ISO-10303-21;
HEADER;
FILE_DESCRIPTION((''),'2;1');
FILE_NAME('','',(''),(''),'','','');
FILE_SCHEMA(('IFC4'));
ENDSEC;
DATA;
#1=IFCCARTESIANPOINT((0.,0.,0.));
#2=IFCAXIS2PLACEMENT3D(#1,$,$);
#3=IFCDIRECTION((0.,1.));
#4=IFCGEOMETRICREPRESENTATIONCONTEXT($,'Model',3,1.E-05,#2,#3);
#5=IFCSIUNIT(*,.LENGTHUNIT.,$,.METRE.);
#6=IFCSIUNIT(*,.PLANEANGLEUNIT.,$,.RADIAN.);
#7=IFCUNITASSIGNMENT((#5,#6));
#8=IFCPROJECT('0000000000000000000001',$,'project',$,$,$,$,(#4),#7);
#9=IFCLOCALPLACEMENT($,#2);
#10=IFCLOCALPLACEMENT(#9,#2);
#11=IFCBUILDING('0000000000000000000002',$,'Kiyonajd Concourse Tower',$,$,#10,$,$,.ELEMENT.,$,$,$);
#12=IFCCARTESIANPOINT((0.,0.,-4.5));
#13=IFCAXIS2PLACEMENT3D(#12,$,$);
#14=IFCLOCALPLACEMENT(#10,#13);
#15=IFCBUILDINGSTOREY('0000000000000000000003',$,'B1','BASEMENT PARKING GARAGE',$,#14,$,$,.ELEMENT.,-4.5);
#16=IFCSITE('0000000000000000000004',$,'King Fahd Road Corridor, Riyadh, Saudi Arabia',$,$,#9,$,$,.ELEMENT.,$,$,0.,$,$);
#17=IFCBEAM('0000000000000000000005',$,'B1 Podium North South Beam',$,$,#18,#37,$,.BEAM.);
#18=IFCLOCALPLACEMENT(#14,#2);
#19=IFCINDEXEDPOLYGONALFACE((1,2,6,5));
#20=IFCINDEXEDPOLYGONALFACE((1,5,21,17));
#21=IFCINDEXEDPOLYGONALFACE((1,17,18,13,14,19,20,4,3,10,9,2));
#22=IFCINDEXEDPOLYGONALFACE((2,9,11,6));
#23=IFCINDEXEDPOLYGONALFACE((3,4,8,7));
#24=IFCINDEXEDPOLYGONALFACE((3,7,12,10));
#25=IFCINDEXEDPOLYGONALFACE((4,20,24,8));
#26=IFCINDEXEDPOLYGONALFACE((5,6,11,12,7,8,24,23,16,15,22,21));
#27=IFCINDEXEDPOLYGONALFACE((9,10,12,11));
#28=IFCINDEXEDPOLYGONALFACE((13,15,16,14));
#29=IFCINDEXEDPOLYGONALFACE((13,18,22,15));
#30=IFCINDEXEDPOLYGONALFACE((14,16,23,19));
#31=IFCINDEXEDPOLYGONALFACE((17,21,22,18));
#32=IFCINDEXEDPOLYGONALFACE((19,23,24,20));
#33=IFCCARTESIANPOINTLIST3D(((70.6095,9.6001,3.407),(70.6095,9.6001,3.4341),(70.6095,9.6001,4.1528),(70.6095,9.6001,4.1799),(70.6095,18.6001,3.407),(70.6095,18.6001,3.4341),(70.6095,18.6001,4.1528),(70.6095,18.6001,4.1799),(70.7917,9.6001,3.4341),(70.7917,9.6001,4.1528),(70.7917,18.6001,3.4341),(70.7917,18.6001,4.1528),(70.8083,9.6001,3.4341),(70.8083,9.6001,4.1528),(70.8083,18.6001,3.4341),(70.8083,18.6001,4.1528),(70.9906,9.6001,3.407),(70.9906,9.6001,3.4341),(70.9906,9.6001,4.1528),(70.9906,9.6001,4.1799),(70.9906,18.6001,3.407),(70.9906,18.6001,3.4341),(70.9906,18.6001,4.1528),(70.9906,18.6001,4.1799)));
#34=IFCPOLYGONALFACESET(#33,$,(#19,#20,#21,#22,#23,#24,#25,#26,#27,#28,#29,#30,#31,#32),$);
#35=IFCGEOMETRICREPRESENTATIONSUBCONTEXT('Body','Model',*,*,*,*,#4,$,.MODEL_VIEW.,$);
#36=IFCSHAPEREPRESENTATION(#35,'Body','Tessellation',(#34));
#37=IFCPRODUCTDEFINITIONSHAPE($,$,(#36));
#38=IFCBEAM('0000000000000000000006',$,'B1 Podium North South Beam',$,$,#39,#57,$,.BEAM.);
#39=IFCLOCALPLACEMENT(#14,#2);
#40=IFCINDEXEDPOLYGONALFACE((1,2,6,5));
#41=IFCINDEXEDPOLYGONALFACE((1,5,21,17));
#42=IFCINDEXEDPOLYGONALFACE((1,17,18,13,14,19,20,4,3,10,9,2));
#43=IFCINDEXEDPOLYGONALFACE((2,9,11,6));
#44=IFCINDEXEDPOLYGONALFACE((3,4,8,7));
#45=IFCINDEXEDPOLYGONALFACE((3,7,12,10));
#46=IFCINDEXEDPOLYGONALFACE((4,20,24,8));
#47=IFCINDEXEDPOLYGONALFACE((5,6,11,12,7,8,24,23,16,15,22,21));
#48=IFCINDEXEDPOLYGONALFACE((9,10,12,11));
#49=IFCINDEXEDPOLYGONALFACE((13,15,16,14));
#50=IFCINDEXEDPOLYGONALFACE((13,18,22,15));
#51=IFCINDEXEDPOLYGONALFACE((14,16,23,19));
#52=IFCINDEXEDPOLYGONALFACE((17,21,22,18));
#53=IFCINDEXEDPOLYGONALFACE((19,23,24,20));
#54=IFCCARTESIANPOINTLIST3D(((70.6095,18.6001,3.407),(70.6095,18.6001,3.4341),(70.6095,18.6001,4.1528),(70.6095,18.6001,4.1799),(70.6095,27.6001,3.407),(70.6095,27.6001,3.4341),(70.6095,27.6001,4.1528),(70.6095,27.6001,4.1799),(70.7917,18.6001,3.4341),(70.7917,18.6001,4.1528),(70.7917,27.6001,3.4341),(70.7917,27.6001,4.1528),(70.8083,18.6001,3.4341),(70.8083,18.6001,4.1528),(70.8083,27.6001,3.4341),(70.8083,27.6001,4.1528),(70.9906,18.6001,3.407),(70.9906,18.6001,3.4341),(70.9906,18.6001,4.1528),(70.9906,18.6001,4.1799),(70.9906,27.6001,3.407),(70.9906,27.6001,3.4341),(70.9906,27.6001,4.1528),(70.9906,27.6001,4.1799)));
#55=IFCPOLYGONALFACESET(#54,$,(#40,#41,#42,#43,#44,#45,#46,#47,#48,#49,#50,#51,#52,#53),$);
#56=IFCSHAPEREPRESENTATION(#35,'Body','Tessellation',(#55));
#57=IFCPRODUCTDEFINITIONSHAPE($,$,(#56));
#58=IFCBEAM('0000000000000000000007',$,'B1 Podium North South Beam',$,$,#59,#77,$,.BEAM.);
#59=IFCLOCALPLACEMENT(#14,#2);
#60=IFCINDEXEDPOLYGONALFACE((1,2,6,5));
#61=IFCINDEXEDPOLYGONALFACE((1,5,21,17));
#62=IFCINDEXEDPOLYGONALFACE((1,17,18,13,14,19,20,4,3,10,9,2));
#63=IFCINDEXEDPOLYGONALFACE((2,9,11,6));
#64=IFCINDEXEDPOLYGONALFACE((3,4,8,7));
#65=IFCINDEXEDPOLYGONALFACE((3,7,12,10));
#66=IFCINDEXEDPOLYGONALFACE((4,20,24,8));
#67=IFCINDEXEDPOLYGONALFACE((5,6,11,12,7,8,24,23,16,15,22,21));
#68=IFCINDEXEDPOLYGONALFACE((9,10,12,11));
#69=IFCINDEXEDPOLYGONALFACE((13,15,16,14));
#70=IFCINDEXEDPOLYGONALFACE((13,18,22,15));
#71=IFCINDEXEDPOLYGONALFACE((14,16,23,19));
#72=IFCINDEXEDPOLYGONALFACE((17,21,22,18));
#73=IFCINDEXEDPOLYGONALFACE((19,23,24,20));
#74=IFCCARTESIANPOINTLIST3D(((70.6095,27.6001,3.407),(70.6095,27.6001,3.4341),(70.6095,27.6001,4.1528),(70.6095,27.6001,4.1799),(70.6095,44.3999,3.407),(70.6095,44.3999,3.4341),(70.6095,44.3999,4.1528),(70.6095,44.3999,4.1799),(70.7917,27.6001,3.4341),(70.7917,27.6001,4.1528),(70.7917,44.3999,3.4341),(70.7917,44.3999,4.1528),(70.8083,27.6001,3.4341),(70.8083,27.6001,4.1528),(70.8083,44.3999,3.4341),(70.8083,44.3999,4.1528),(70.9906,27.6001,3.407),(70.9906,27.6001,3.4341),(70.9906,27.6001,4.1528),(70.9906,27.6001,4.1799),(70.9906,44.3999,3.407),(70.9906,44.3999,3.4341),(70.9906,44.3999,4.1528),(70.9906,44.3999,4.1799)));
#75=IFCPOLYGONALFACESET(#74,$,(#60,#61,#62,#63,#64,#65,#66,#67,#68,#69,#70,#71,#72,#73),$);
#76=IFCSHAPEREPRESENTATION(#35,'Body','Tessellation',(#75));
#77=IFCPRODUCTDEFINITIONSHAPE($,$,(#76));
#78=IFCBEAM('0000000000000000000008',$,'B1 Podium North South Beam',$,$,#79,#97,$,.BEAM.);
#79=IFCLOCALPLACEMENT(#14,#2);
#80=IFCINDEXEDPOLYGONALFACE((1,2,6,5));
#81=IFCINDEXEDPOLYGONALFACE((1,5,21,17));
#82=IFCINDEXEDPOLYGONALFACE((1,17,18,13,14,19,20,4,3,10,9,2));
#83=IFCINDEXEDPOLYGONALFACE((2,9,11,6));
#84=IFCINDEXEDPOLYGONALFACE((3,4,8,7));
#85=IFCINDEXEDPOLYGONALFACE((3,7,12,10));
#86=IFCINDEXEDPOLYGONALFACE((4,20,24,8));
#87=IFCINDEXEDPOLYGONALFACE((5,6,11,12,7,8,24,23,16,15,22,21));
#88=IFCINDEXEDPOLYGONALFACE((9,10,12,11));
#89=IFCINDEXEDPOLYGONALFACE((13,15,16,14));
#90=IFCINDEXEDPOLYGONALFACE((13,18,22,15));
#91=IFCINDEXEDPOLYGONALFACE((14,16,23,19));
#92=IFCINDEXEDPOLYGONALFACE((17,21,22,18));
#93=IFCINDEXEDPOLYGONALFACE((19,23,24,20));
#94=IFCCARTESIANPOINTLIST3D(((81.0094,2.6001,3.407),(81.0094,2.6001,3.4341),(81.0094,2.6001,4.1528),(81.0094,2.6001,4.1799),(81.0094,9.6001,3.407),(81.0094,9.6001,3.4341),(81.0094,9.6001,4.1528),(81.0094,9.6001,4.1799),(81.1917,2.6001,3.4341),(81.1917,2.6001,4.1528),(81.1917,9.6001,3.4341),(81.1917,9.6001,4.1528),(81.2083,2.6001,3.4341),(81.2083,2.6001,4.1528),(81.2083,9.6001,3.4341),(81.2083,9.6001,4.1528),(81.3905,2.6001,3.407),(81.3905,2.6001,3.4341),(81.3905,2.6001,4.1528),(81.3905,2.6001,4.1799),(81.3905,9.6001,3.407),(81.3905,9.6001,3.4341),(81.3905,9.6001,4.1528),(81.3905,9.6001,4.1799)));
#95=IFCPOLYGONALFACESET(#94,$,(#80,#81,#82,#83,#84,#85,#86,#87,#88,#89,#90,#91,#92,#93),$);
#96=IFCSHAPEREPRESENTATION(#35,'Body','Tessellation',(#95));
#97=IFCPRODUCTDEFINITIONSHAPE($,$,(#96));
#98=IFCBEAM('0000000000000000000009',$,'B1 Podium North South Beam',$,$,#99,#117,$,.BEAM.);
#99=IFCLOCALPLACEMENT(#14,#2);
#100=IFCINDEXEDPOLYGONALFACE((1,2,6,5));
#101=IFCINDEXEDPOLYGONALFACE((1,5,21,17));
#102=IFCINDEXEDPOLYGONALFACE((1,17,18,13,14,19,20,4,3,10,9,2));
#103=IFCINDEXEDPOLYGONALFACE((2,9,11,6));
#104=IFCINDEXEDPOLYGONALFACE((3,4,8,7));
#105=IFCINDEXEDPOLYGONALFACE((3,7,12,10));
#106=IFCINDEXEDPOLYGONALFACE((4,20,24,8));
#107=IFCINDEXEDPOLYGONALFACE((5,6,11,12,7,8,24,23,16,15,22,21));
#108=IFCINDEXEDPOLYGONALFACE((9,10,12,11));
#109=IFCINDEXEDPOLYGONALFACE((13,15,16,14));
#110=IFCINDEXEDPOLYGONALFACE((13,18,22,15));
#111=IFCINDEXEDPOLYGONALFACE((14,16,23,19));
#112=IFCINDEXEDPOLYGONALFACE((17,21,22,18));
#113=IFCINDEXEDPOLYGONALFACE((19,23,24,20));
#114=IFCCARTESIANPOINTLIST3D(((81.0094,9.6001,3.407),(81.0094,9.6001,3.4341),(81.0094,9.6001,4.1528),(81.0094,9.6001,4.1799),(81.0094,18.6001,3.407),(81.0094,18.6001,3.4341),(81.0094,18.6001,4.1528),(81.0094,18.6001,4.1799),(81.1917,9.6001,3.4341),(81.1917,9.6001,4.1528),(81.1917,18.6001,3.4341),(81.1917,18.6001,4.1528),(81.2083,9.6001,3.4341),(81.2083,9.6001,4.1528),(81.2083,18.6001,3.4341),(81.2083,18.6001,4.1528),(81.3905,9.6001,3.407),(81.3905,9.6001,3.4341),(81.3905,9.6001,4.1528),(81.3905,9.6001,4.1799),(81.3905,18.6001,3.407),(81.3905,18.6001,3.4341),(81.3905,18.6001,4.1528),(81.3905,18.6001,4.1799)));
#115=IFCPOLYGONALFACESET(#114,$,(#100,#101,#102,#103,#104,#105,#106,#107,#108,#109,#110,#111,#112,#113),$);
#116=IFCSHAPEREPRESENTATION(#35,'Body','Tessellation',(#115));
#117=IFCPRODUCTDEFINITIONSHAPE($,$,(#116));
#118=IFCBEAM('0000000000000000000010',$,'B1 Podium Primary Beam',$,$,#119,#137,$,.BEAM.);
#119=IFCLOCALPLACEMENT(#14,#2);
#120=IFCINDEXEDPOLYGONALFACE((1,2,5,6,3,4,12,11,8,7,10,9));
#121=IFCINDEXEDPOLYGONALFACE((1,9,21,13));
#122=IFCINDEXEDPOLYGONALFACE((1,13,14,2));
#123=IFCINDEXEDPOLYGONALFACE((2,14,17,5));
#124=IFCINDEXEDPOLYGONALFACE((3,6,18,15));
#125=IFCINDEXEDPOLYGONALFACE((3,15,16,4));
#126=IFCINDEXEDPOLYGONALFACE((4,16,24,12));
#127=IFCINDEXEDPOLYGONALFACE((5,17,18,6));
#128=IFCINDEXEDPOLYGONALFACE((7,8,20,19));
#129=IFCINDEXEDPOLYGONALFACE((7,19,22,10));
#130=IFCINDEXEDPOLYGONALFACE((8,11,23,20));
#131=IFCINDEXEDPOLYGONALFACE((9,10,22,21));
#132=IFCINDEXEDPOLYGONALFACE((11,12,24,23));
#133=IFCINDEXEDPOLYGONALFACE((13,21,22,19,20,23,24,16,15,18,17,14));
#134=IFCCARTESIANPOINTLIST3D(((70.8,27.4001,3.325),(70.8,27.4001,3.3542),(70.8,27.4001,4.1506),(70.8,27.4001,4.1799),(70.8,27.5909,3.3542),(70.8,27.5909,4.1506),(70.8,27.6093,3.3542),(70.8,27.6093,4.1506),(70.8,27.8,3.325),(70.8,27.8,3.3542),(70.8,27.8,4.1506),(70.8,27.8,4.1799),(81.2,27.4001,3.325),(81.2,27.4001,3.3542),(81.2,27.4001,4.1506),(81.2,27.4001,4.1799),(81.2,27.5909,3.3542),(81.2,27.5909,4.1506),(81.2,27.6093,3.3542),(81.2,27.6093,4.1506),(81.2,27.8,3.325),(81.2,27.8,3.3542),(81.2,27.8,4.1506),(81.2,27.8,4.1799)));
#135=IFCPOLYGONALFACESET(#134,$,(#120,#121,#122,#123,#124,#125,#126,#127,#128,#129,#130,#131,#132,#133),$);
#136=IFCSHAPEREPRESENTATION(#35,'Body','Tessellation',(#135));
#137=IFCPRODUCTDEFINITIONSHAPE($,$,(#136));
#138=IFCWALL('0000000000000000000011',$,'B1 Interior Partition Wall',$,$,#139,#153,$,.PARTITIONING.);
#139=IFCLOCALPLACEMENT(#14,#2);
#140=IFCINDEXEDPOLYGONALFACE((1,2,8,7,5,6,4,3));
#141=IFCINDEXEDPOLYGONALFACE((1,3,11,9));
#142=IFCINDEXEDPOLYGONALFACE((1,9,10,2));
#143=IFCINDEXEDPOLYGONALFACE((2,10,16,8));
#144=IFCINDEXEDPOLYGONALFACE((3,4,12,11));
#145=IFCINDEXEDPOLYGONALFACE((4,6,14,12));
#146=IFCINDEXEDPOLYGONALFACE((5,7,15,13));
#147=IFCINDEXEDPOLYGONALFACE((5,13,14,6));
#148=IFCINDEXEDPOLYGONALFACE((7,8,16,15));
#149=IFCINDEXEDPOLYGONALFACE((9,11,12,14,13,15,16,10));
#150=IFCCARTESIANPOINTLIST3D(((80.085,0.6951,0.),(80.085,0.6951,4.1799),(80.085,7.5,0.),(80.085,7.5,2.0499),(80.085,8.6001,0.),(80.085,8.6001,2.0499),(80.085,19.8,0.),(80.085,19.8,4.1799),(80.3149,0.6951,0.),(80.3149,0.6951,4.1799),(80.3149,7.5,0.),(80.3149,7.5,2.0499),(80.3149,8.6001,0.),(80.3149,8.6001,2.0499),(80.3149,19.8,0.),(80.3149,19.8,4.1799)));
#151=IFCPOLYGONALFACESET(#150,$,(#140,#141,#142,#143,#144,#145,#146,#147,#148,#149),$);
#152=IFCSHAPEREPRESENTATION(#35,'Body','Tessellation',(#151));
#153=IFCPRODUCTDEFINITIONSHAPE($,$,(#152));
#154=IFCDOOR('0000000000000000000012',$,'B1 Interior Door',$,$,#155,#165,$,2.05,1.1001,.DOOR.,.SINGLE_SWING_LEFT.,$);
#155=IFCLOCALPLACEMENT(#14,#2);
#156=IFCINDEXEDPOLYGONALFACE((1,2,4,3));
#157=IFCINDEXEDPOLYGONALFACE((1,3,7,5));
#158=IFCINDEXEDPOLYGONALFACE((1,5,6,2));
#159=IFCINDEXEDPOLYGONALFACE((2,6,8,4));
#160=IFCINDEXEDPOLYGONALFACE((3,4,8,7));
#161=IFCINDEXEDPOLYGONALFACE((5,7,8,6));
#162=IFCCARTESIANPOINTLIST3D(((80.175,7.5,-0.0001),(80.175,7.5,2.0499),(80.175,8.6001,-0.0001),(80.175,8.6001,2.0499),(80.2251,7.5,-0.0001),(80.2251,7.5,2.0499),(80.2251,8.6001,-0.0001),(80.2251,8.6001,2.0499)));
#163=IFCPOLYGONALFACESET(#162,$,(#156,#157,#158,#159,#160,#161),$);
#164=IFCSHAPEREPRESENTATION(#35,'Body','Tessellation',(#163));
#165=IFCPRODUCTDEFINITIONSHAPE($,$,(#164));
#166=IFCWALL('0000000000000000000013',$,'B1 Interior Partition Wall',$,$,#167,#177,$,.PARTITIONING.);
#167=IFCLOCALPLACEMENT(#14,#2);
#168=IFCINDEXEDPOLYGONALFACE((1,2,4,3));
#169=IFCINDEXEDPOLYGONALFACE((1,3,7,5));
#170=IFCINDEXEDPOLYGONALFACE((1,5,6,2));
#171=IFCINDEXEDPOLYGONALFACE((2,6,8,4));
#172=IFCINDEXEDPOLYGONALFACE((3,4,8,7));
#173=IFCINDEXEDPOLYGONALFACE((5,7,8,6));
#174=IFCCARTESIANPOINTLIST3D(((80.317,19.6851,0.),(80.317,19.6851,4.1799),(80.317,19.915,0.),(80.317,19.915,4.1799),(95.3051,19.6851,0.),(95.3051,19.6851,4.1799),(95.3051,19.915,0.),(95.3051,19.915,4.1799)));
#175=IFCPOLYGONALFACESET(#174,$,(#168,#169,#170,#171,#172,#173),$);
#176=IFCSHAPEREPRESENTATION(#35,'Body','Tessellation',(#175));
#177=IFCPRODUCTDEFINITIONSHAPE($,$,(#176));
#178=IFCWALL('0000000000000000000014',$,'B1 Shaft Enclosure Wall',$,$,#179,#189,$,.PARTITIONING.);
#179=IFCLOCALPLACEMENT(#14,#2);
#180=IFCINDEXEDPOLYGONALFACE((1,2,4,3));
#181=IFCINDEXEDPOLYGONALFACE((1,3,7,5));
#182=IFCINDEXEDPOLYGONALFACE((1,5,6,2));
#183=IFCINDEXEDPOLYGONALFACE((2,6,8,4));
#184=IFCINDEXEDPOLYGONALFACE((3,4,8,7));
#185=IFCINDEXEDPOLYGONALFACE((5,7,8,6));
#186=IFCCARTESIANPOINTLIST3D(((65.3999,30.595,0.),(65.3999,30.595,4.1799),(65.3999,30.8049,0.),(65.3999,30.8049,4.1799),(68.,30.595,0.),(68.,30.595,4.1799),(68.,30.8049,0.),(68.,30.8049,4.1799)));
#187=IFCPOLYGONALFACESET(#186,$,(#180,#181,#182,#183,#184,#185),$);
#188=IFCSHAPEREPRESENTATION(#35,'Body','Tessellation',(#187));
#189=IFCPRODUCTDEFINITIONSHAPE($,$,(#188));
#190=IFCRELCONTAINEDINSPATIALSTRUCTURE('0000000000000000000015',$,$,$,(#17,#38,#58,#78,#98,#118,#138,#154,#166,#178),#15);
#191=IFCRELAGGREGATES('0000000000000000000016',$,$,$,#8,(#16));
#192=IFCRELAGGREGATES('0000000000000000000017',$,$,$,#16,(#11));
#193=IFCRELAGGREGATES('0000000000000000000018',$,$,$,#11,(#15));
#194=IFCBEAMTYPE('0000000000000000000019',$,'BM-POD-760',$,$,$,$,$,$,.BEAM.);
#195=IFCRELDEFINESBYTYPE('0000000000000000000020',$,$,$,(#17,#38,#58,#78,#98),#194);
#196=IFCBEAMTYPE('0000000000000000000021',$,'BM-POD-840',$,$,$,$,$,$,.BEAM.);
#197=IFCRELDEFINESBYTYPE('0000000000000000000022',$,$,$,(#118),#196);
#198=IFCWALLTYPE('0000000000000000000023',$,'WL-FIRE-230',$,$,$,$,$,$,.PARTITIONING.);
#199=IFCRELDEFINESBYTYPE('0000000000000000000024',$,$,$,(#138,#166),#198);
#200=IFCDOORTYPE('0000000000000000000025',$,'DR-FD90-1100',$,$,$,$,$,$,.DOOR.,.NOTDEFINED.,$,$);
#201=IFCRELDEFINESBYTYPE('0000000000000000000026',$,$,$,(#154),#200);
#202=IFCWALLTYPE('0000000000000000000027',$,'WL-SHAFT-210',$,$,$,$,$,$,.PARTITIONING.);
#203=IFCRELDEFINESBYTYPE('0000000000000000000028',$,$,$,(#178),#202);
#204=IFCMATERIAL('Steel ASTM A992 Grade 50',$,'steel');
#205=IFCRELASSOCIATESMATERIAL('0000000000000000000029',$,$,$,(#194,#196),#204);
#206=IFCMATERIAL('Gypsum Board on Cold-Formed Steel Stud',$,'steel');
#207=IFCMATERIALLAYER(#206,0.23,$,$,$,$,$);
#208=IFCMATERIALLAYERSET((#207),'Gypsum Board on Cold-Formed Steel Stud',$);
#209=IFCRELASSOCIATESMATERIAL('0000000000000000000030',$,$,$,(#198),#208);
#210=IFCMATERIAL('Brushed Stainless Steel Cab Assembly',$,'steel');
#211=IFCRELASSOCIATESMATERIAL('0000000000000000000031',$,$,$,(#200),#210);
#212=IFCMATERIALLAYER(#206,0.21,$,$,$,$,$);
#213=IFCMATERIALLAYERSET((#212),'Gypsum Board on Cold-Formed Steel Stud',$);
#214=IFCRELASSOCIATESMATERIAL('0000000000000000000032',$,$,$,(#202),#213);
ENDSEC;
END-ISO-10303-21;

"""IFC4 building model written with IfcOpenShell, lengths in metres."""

from ifc_helpers import new_model, si_unit, direction, frame, frame_2d, origin, origin_2d, place, context, subcontext, project, spatial, rectangle, i_section, extrude, material, layer, layer_set, material_profile, profile_set, type_object, element, fill, save


model = new_model("IFC4")

# Units and contexts
model_context = context("Model", 3, precision=1e-05, world=origin(), true_north=direction((0.0, 1.0)))
body_context = subcontext(model_context, "Body", "Model", "MODEL_VIEW")
ifc_project = project(units=[si_unit("LENGTHUNIT", "METRE"), si_unit("PLANEANGLEUNIT", "RADIAN")], contexts=[model_context])

# Site, building, storey
site_placement = place(None, origin())
site = spatial("IfcSite", under=ifc_project, at=site_placement, Name="King Fahd Road Corridor, Riyadh, Saudi Arabia", CompositionType="ELEMENT", RefElevation=0.0)
building_placement = place(site_placement, origin())
building = spatial("IfcBuilding", under=site, at=building_placement, Name="Kiyonajd Concourse Tower", CompositionType="ELEMENT")
storey_placement = place(building_placement, frame((0.0, 0.0, -4.5)))
storey = spatial("IfcBuildingStorey", under=building, at=storey_placement, Name="B1", Description="BASEMENT PARKING GARAGE", CompositionType="ELEMENT", Elevation=-4.5)

# Beams
ifc_material_1 = material(Name="Steel ASTM A992 Grade 50", Category="steel")
ifc_material_profile_1 = material_profile(ifc_material_1, i_section(OverallWidth=0.3811, OverallDepth=0.7729, WebThickness=0.0166, FlangeThickness=0.0271, at=origin_2d()), Name="W760X257")
ifc_profile_set_1 = profile_set([ifc_material_profile_1], Name="Steel ASTM A992 Grade 50")
beam_type_1 = type_object("IfcBeamType", Name="BM-POD-760", PredefinedType="BEAM", material=ifc_profile_set_1)
for number, where, z_axis, x_axis, name in (
    (1, (70.8, 9.6001, 3.7935), (0.0, 1.0, 0.0), (-1.0, 0.0, 0.0), "B1 Podium North South Beam"),
    (2, (70.8, 18.6001, 3.7935), (0.0, 1.0, 0.0), (-1.0, 0.0, 0.0), "B1 Podium North South Beam"),
):
    element("IfcBeam", number, at=place(storey_placement, frame(where, z_axis=z_axis, x_axis=x_axis)), inside=storey, type_object=beam_type_1, Name=name, PredefinedType="BEAM", context=body_context, shape_type="SweptSolid", body=[
        extrude(i_section(OverallWidth=0.3811, OverallDepth=0.7729, WebThickness=0.0166, FlangeThickness=0.0271, at=origin_2d()), origin(), (0.0, 0.0, 1.0), 9.0),
    ])
beam_1_placement = place(storey_placement, frame((70.8, 27.6001, 3.7935), z_axis=(0.0, 1.0, 0.0), x_axis=(-1.0, 0.0, 0.0)))
element("IfcBeam", 3, at=beam_1_placement, inside=storey, type_object=beam_type_1, Name="B1 Podium North South Beam", PredefinedType="BEAM", context=body_context, shape_type="SweptSolid", body=[
    extrude(i_section(OverallWidth=0.3811, OverallDepth=0.7729, WebThickness=0.0166, FlangeThickness=0.0271, at=origin_2d()), origin(), (0.0, 0.0, 1.0), 16.7998),
])
beam_2_placement = place(storey_placement, frame((81.2, 2.6001, 3.7935), z_axis=(0.0, 1.0, 0.0), x_axis=(-1.0, 0.0, 0.0)))
element("IfcBeam", 4, at=beam_2_placement, inside=storey, type_object=beam_type_1, Name="B1 Podium North South Beam", PredefinedType="BEAM", context=body_context, shape_type="SweptSolid", body=[
    extrude(i_section(OverallWidth=0.3811, OverallDepth=0.7729, WebThickness=0.0166, FlangeThickness=0.0271, at=origin_2d()), origin(), (0.0, 0.0, 1.0), 7.0),
])
beam_3_placement = place(storey_placement, frame((81.2, 9.6001, 3.7935), z_axis=(0.0, 1.0, 0.0), x_axis=(-1.0, 0.0, 0.0)))
element("IfcBeam", 5, at=beam_3_placement, inside=storey, type_object=beam_type_1, Name="B1 Podium North South Beam", PredefinedType="BEAM", context=body_context, shape_type="SweptSolid", body=[
    extrude(i_section(OverallWidth=0.3811, OverallDepth=0.7729, WebThickness=0.0166, FlangeThickness=0.0271, at=origin_2d()), origin(), (0.0, 0.0, 1.0), 9.0),
])
ifc_material_profile_2 = material_profile(ifc_material_1, i_section(OverallWidth=0.3999, OverallDepth=0.855, WebThickness=0.0183, FlangeThickness=0.0293, at=origin_2d()), Name="W840X299")
ifc_profile_set_2 = profile_set([ifc_material_profile_2], Name="Steel ASTM A992 Grade 50")
beam_type_2 = type_object("IfcBeamType", Name="BM-POD-840", PredefinedType="BEAM", material=ifc_profile_set_2)
beam_4_placement = place(storey_placement, frame((70.8, 27.6001, 3.7524), z_axis=(1.0, 0.0, 0.0), x_axis=(0.0, 1.0, 0.0)))
element("IfcBeam", 6, at=beam_4_placement, inside=storey, type_object=beam_type_2, Name="B1 Podium Primary Beam", PredefinedType="BEAM", context=body_context, shape_type="SweptSolid", body=[
    extrude(i_section(OverallWidth=0.3999, OverallDepth=0.855, WebThickness=0.0183, FlangeThickness=0.0293, at=origin_2d()), origin(), (0.0, 0.0, 1.0), 10.3999),
])

# Wall, opening, door
ifc_material_2 = material(Name="Gypsum Board on Cold-Formed Steel Stud", Category="steel")
ifc_layer_1 = layer(ifc_material_2, 0.23)
ifc_layer_set_1 = layer_set([ifc_layer_1], Name="Gypsum Board on Cold-Formed Steel Stud")
wall_type_1 = type_object("IfcWallType", Name="WL-FIRE-230", PredefinedType="PARTITIONING", material=ifc_layer_set_1)
wall_1_placement = place(storey_placement, frame((80.2, 0.6951, 0.0), z_axis=(0.0, 0.0, 1.0), x_axis=(0.0, 1.0, 0.0)))
wall_1 = element("IfcWall", 7, at=wall_1_placement, inside=storey, type_object=wall_type_1, Name="B1 Interior Partition Wall", PredefinedType="PARTITIONING", context=body_context, shape_type="SweptSolid", body=[
    extrude(rectangle(XDim=19.105, YDim=0.23, at=frame_2d((9.5525, 0.0))), origin(), (0.0, 0.0, 1.0), 4.1799),
])
opening_placement = place(wall_1_placement, frame((6.8049, 0.0, 0.0)))
opening = element("IfcOpeningElement", 8, at=opening_placement, cuts=wall_1, PredefinedType="OPENING", context=body_context, shape_type="SweptSolid", body=[
    extrude(rectangle(XDim=1.1001, YDim=2.05, at=frame_2d((0.55, 1.0249))), frame((0.0, 0.125, 0.0), z_axis=(0.0, -1.0, 0.0), x_axis=(1.0, 0.0, 0.0)), (0.0, 0.0, 1.0), 0.25),
])
ifc_material_3 = material(Name="Brushed Stainless Steel Cab Assembly", Category="steel")
door_type = type_object("IfcDoorType", Name="DR-FD90-1100", OperationType="NOTDEFINED", PredefinedType="DOOR", material=ifc_material_3)
door_placement = place(opening_placement, origin())
door = element("IfcDoor", 9, at=door_placement, inside=storey, type_object=door_type, Name="B1 Interior Door", OperationType="SINGLE_SWING_LEFT", OverallHeight=2.05, OverallWidth=1.1001, PredefinedType="DOOR", context=body_context, shape_type="SweptSolid", body=[
    extrude(rectangle(XDim=1.1001, YDim=2.05, at=frame_2d((0.55, 1.0249))), frame((0.0, 0.0249, 0.0), z_axis=(0.0, -1.0, 0.0), x_axis=(1.0, 0.0, 0.0)), (0.0, 0.0, 1.0), 0.05),
])
fill(opening, door)

# Walls
wall_2_placement = place(storey_placement, frame((80.3169, 19.8, 0.0), z_axis=(0.0, 0.0, 1.0), x_axis=(1.0, 0.0, 0.0)))
element("IfcWall", 10, at=wall_2_placement, inside=storey, type_object=wall_type_1, Name="B1 Interior Partition Wall", PredefinedType="PARTITIONING", context=body_context, shape_type="SweptSolid", body=[
    extrude(rectangle(XDim=14.988, YDim=0.23, at=frame_2d((7.4941, 0.0))), origin(), (0.0, 0.0, 1.0), 4.1799),
])
ifc_layer_2 = layer(ifc_material_2, 0.21)
ifc_layer_set_2 = layer_set([ifc_layer_2], Name="Gypsum Board on Cold-Formed Steel Stud")
wall_type_2 = type_object("IfcWallType", Name="WL-SHAFT-210", PredefinedType="PARTITIONING", material=ifc_layer_set_2)
wall_3_placement = place(storey_placement, frame((65.3999, 30.7, 0.0), z_axis=(0.0, 0.0, 1.0), x_axis=(1.0, 0.0, 0.0)))
element("IfcWall", 11, at=wall_3_placement, inside=storey, type_object=wall_type_2, Name="B1 Shaft Enclosure Wall", PredefinedType="PARTITIONING", context=body_context, shape_type="SweptSolid", body=[
    extrude(rectangle(XDim=2.6001, YDim=0.21, at=frame_2d((1.3, 0.0))), origin(), (0.0, 0.0, 1.0), 4.1799),
])

save(model, "model.ifc")
